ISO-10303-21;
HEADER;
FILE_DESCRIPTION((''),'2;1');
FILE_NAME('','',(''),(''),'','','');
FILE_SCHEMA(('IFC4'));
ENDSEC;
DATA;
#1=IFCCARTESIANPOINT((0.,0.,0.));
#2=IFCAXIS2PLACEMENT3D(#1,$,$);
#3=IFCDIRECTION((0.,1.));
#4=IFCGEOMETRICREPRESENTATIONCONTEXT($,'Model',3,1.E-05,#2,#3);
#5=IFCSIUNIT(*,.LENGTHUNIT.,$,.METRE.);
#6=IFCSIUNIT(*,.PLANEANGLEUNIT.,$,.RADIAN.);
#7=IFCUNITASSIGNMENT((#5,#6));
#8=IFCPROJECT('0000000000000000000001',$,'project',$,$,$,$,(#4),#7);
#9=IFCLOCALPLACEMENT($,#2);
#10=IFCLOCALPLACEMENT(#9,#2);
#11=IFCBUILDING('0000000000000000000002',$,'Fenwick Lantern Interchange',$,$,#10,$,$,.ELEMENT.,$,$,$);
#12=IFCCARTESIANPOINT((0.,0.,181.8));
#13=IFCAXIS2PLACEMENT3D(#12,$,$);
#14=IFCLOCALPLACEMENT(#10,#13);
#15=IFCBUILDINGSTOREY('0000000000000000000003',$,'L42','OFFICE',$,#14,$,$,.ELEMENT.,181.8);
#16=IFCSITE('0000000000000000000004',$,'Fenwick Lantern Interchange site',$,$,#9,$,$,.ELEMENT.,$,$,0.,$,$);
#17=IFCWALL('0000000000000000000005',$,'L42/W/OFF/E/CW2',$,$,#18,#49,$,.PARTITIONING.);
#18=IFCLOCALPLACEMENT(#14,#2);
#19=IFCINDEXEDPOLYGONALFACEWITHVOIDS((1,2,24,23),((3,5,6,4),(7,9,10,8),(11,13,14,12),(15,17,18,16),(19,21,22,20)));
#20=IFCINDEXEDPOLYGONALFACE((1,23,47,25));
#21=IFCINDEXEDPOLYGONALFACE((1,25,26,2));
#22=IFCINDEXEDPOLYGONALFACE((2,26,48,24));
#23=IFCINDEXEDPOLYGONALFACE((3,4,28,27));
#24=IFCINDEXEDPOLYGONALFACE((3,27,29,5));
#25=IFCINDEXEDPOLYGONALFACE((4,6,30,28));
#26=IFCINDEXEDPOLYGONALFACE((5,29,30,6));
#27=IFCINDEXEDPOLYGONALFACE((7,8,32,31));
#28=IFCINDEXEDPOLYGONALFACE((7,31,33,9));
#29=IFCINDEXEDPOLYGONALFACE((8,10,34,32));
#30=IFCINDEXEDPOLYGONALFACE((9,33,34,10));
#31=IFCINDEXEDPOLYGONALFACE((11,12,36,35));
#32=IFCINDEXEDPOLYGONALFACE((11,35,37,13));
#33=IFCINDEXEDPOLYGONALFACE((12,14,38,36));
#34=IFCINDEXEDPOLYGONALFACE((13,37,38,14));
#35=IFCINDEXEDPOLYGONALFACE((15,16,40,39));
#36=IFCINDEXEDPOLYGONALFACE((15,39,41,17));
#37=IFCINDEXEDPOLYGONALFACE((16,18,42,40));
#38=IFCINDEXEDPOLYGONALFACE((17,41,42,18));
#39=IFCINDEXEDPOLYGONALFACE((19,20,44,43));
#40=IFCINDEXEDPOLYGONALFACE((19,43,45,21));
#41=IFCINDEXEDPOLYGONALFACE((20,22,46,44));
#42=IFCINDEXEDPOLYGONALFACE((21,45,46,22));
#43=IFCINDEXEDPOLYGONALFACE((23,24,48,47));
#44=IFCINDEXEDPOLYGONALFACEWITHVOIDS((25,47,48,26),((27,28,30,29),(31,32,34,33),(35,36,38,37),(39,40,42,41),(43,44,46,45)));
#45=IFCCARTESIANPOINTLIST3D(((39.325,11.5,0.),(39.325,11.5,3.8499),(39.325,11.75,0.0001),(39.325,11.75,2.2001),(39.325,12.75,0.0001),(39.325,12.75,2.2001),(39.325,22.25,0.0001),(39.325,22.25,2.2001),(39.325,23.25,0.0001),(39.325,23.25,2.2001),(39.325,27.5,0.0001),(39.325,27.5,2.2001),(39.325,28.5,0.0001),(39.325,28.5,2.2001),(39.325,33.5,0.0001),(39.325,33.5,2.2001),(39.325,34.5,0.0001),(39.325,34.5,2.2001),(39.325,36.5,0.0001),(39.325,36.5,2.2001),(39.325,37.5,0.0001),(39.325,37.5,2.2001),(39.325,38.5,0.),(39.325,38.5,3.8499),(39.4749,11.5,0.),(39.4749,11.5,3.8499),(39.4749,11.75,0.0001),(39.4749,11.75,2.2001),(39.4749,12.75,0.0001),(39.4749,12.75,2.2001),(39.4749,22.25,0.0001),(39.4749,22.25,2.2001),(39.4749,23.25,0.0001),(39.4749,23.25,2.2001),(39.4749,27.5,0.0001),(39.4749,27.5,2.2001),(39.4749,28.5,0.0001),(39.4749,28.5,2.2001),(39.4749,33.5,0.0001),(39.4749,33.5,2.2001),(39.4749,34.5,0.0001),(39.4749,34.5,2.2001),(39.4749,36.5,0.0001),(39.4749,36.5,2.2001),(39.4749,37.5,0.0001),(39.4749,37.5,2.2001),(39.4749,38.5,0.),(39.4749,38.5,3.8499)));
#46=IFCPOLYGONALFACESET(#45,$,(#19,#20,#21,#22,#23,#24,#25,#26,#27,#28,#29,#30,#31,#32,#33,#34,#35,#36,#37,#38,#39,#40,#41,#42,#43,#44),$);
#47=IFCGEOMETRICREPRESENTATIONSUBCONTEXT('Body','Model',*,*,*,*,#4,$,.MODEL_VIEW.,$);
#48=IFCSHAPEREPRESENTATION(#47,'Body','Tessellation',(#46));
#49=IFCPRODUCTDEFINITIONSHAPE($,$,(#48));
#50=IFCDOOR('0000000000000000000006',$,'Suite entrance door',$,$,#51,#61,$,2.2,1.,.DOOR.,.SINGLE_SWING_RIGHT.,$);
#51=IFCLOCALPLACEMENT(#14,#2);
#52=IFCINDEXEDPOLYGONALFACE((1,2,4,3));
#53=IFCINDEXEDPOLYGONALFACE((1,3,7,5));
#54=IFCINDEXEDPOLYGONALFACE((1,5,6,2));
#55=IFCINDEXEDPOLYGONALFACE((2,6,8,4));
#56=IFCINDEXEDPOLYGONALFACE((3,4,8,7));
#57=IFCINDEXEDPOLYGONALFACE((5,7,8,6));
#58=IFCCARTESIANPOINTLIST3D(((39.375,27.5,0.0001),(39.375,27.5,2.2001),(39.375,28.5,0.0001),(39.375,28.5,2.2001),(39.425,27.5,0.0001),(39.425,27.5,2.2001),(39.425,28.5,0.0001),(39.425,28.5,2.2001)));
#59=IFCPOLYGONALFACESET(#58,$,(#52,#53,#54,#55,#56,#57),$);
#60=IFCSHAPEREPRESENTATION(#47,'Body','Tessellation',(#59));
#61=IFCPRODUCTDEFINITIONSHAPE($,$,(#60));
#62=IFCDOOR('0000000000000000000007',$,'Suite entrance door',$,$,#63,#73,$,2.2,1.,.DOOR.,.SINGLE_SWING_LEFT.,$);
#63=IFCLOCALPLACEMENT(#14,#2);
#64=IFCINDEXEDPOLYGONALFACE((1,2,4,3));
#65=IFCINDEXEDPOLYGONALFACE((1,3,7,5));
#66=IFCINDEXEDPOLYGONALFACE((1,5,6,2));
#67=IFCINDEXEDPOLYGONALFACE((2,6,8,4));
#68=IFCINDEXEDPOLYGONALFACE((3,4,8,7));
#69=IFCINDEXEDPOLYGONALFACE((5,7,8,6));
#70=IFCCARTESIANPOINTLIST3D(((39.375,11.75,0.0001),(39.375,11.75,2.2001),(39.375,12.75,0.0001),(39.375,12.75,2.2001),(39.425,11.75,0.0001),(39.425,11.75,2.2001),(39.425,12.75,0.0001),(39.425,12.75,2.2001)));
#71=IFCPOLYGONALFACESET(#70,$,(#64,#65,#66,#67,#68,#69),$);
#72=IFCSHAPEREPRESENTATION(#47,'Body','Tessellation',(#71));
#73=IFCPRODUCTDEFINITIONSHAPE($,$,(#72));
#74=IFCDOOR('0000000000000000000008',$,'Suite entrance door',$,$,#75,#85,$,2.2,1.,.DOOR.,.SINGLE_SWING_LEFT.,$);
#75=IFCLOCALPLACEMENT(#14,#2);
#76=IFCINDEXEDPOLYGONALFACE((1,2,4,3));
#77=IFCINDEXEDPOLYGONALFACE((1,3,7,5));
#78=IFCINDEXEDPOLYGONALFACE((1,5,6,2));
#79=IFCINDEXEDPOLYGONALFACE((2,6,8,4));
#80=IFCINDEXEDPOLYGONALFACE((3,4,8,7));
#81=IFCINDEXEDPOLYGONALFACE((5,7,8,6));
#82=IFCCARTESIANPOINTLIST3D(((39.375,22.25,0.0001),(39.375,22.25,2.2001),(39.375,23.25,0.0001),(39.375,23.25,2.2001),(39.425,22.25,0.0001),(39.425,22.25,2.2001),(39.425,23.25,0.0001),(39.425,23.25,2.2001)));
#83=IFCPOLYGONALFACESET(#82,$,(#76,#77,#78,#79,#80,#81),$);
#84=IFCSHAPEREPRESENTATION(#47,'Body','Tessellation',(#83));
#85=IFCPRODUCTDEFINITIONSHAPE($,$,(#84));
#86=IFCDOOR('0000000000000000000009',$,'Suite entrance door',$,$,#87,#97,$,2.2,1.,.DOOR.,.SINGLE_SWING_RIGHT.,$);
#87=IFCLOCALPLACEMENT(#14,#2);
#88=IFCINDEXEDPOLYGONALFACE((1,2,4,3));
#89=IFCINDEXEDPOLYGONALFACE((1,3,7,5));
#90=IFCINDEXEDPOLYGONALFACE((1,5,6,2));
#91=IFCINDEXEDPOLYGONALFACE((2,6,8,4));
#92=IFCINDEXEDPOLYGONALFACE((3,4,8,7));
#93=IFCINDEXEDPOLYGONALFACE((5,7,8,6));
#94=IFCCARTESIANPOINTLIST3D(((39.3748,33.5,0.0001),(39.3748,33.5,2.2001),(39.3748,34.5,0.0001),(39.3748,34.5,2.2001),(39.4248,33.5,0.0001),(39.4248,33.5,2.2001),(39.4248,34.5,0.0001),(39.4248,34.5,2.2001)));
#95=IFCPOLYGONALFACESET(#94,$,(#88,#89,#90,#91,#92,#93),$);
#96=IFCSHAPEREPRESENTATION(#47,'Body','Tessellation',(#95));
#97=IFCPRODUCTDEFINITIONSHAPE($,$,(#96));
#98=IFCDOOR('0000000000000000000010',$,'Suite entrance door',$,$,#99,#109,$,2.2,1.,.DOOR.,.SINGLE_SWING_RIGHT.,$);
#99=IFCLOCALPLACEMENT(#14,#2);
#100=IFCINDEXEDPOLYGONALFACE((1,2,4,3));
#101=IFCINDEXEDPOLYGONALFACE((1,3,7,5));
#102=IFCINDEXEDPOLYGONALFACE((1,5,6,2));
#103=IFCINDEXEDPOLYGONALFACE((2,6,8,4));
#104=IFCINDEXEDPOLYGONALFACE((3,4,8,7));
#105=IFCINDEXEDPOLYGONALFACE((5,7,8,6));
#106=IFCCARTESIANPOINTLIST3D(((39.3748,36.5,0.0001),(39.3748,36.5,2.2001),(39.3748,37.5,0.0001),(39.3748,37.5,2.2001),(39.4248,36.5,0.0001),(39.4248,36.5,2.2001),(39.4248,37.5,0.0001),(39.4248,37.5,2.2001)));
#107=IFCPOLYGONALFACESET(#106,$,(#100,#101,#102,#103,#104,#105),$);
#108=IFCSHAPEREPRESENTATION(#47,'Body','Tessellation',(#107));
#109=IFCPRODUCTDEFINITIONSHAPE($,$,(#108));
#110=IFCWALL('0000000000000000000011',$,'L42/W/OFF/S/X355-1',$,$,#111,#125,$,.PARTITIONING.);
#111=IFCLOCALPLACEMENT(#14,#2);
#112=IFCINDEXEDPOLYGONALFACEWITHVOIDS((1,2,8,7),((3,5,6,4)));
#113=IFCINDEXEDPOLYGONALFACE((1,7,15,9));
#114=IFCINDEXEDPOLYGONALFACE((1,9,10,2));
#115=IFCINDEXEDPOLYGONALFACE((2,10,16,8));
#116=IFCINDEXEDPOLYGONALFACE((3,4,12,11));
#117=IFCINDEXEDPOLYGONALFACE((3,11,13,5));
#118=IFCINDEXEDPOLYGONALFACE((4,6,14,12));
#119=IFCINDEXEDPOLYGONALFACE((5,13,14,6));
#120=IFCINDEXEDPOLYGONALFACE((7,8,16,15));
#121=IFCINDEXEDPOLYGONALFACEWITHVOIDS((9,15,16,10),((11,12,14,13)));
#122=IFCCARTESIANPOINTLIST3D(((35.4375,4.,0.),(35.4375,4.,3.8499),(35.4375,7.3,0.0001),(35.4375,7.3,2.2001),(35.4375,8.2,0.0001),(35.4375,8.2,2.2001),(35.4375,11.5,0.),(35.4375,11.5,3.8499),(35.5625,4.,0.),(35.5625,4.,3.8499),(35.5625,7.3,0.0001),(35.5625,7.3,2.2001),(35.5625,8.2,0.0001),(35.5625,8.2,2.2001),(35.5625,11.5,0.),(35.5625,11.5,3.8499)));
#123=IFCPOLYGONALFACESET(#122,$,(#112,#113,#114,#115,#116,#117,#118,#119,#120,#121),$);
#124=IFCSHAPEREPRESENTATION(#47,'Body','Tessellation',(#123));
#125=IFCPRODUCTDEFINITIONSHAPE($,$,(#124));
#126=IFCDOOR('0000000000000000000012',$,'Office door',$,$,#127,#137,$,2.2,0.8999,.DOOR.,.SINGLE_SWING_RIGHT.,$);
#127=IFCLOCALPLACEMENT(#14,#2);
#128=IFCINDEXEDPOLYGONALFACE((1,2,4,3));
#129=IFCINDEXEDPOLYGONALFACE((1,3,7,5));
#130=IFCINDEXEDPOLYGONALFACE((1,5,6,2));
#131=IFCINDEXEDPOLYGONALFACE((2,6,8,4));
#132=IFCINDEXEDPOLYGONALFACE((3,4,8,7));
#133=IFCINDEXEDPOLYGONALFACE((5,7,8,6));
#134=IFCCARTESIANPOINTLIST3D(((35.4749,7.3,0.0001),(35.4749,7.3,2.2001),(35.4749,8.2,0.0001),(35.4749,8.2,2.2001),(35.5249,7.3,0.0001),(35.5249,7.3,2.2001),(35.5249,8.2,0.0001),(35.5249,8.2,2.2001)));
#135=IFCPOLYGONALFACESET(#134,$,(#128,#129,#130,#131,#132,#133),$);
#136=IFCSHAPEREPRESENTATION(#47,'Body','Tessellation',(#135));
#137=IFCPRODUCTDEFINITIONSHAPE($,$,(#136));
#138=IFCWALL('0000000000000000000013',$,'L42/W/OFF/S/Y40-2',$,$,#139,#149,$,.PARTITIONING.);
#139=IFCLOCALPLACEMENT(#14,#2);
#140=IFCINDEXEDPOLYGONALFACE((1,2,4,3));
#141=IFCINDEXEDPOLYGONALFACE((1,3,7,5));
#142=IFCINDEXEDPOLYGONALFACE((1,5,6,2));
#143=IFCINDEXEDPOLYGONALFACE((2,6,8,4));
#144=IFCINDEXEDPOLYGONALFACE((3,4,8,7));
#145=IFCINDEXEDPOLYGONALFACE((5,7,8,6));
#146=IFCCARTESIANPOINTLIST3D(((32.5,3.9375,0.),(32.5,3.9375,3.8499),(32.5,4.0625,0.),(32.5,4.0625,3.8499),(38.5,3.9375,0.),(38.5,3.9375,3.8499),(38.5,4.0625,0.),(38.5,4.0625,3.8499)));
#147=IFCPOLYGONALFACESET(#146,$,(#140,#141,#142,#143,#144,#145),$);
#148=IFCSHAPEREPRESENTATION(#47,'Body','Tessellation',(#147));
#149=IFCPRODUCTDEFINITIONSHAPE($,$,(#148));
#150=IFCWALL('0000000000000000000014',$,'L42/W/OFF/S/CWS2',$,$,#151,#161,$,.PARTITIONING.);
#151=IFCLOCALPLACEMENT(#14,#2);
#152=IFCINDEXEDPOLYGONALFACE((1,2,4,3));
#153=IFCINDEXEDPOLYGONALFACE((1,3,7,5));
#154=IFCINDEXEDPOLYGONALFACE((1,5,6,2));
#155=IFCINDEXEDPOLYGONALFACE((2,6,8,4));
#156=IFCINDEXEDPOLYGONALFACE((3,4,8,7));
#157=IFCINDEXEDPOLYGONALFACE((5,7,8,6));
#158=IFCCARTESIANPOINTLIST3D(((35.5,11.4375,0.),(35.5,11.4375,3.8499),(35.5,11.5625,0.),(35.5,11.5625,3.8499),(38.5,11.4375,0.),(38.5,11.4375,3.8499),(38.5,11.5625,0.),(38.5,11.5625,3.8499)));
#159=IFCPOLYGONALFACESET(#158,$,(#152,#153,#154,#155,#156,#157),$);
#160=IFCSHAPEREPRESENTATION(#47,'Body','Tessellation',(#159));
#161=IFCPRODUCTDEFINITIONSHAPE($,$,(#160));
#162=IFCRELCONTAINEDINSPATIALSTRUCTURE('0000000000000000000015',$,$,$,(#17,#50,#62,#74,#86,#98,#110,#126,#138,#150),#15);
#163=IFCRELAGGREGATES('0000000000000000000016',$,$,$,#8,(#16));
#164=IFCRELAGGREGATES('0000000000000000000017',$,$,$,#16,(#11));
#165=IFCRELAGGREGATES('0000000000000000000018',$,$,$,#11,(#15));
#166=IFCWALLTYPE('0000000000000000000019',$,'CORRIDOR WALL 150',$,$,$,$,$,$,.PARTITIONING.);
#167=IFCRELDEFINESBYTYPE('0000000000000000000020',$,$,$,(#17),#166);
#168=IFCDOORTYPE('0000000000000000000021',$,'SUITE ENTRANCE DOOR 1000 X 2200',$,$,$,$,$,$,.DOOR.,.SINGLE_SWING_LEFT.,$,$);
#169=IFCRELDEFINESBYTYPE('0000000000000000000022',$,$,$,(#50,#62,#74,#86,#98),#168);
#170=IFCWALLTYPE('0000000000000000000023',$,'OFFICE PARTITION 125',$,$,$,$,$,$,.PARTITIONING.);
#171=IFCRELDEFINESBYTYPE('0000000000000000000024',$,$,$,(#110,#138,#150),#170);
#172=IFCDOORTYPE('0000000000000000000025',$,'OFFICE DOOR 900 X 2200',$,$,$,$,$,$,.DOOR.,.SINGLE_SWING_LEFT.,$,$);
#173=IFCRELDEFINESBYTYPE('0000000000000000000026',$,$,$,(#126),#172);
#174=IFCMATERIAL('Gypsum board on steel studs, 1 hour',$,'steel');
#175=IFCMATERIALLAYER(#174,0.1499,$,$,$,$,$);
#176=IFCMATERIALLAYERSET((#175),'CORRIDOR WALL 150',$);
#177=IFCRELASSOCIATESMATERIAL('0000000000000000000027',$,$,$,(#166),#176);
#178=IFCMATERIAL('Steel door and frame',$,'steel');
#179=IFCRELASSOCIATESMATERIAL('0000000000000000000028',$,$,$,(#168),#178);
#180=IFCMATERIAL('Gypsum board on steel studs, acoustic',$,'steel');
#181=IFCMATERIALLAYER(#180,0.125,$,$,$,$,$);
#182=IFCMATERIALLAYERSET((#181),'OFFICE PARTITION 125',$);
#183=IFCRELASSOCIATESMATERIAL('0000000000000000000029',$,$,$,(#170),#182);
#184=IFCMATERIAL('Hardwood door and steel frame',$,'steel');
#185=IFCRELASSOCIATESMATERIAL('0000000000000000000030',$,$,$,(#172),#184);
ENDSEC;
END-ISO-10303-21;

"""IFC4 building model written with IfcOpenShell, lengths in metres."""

from ifc_helpers import new_model, si_unit, direction, frame, frame_2d, origin, place, context, subcontext, project, spatial, rectangle, extrude, material, layer, layer_set, type_object, element, fill, save


model = new_model("IFC4")

# Units and contexts
model_context = context("Model", 3, precision=1e-05, world=origin(), true_north=direction((0.0, 1.0)))
body_context = subcontext(model_context, "Body", "Model", "MODEL_VIEW")
ifc_project = project(units=[si_unit("LENGTHUNIT", "METRE"), si_unit("PLANEANGLEUNIT", "RADIAN")], contexts=[model_context])

# Site, building, storey
site_placement = place(None, origin())
site = spatial("IfcSite", under=ifc_project, at=site_placement, Name="Fenwick Lantern Interchange site", CompositionType="ELEMENT", RefElevation=0.0)
building_placement = place(site_placement, origin())
building = spatial("IfcBuilding", under=site, at=building_placement, Name="Fenwick Lantern Interchange", CompositionType="ELEMENT")
storey_placement = place(building_placement, frame((0.0, 0.0, 181.8)))
storey = spatial("IfcBuildingStorey", under=building, at=storey_placement, Name="L42", Description="OFFICE", CompositionType="ELEMENT", Elevation=181.8)

# Shared definitions
ifc_material_1 = material(Name="Steel door and frame", Category="steel")
ifc_material_2 = material(Name="Hardwood door and steel frame", Category="steel")

# Shared definitions
ifc_material_3 = material(Name="Gypsum board on steel studs, 1 hour", Category="steel")
ifc_layer_1 = layer(ifc_material_3, 0.1499)
ifc_layer_set_1 = layer_set([ifc_layer_1], Name="CORRIDOR WALL 150")
wall_type_1 = type_object("IfcWallType", Name="CORRIDOR WALL 150", PredefinedType="PARTITIONING", material=ifc_layer_set_1)

# Wall, openings, doors
wall_1_placement = place(storey_placement, frame((39.3999, 11.5, 0.0), z_axis=(0.0, 0.0, 1.0), x_axis=(0.0, 1.0, 0.0)))
wall_1 = element("IfcWall", 1, at=wall_1_placement, inside=storey, type_object=wall_type_1, Name="L42/W/OFF/E/CW2", PredefinedType="PARTITIONING", context=body_context, shape_type="SweptSolid", body=[
    extrude(rectangle(XDim=27.0, YDim=0.1499, at=frame_2d((13.5, 0.0))), origin(), (0.0, 0.0, 1.0), 3.8499),
])
opening_1_placement = place(wall_1_placement, frame((16.0, 0.0, 0.0)))
opening_1 = element("IfcOpeningElement", 2, at=opening_1_placement, cuts=wall_1, PredefinedType="OPENING", context=body_context, shape_type="SweptSolid", body=[
    extrude(rectangle(XDim=1.0, YDim=2.2, at=frame_2d((0.5, 1.1001))), frame((0.0, 0.085, 0.0), z_axis=(0.0, -1.0, 0.0), x_axis=(1.0, 0.0, 0.0)), (0.0, 0.0, 1.0), 0.1699),
])
opening_2_placement = place(wall_1_placement, frame((0.25, 0.0, 0.0)))
opening_2 = element("IfcOpeningElement", 3, at=opening_2_placement, cuts=wall_1, PredefinedType="OPENING", context=body_context, shape_type="SweptSolid", body=[
    extrude(rectangle(XDim=1.0, YDim=2.2, at=frame_2d((0.5, 1.1001))), frame((0.0, 0.085, 0.0), z_axis=(0.0, -1.0, 0.0), x_axis=(1.0, 0.0, 0.0)), (0.0, 0.0, 1.0), 0.1699),
])
opening_3_placement = place(wall_1_placement, frame((10.75, 0.0, 0.0)))
opening_3 = element("IfcOpeningElement", 4, at=opening_3_placement, cuts=wall_1, PredefinedType="OPENING", context=body_context, shape_type="SweptSolid", body=[
    extrude(rectangle(XDim=1.0, YDim=2.2, at=frame_2d((0.5, 1.1001))), frame((0.0, 0.085, 0.0), z_axis=(0.0, -1.0, 0.0), x_axis=(1.0, 0.0, 0.0)), (0.0, 0.0, 1.0), 0.1699),
])
opening_4_placement = place(wall_1_placement, frame((22.0, 0.0, 0.0)))
opening_4 = element("IfcOpeningElement", 5, at=opening_4_placement, cuts=wall_1, PredefinedType="OPENING", context=body_context, shape_type="SweptSolid", body=[
    extrude(rectangle(XDim=1.0, YDim=2.2, at=frame_2d((0.5, 1.1001))), frame((0.0, 0.085, 0.0), z_axis=(0.0, -1.0, 0.0), x_axis=(1.0, 0.0, 0.0)), (0.0, 0.0, 1.0), 0.1699),
])
opening_5_placement = place(wall_1_placement, frame((25.0, 0.0, 0.0)))
opening_5 = element("IfcOpeningElement", 6, at=opening_5_placement, cuts=wall_1, PredefinedType="OPENING", context=body_context, shape_type="SweptSolid", body=[
    extrude(rectangle(XDim=1.0, YDim=2.2, at=frame_2d((0.5, 1.1001))), frame((0.0, 0.085, 0.0), z_axis=(0.0, -1.0, 0.0), x_axis=(1.0, 0.0, 0.0)), (0.0, 0.0, 1.0), 0.1699),
])
door_type_1 = type_object("IfcDoorType", Name="SUITE ENTRANCE DOOR 1000 X 2200", OperationType="SINGLE_SWING_LEFT", PredefinedType="DOOR", material=ifc_material_1)
door_1_placement = place(opening_1_placement, origin())
door_1 = element("IfcDoor", 7, at=door_1_placement, inside=storey, type_object=door_type_1, Name="Suite entrance door", OperationType="SINGLE_SWING_RIGHT", OverallHeight=2.2, OverallWidth=1.0, PredefinedType="DOOR", context=body_context, shape_type="SweptSolid", body=[
    extrude(rectangle(XDim=1.0, YDim=2.2, at=frame_2d((0.5, 1.1001))), frame((0.0, 0.0249, 0.0), z_axis=(0.0, -1.0, 0.0), x_axis=(1.0, 0.0, 0.0)), (0.0, 0.0, 1.0), 0.05),
])
fill(opening_1, door_1)
door_2_placement = place(opening_2_placement, origin())
door_2 = element("IfcDoor", 8, at=door_2_placement, inside=storey, type_object=door_type_1, Name="Suite entrance door", OperationType="SINGLE_SWING_LEFT", OverallHeight=2.2, OverallWidth=1.0, PredefinedType="DOOR", context=body_context, shape_type="SweptSolid", body=[
    extrude(rectangle(XDim=1.0, YDim=2.2, at=frame_2d((0.5, 1.1001))), frame((0.0, 0.0249, 0.0), z_axis=(0.0, -1.0, 0.0), x_axis=(1.0, 0.0, 0.0)), (0.0, 0.0, 1.0), 0.05),
])
fill(opening_2, door_2)
door_3_placement = place(opening_3_placement, origin())
door_3 = element("IfcDoor", 9, at=door_3_placement, inside=storey, type_object=door_type_1, Name="Suite entrance door", OperationType="SINGLE_SWING_LEFT", OverallHeight=2.2, OverallWidth=1.0, PredefinedType="DOOR", context=body_context, shape_type="SweptSolid", body=[
    extrude(rectangle(XDim=1.0, YDim=2.2, at=frame_2d((0.5, 1.1001))), frame((0.0, 0.0249, 0.0), z_axis=(0.0, -1.0, 0.0), x_axis=(1.0, 0.0, 0.0)), (0.0, 0.0, 1.0), 0.05),
])
fill(opening_3, door_3)
door_4_placement = place(opening_4_placement, frame((1.0, 0.0, 0.0), z_axis=(0.0, 0.0, 1.0), x_axis=(-1.0, 0.0, 0.0)))
door_4 = element("IfcDoor", 10, at=door_4_placement, inside=storey, type_object=door_type_1, Name="Suite entrance door", OperationType="SINGLE_SWING_RIGHT", OverallHeight=2.2, OverallWidth=1.0, PredefinedType="DOOR", context=body_context, shape_type="SweptSolid", body=[
    extrude(rectangle(XDim=1.0, YDim=2.2, at=frame_2d((0.5, 1.1001))), frame((0.0, 0.0249, 0.0), z_axis=(0.0, -1.0, 0.0), x_axis=(1.0, 0.0, 0.0)), (0.0, 0.0, 1.0), 0.05),
])
fill(opening_4, door_4)
door_5_placement = place(opening_5_placement, frame((1.0, 0.0, 0.0), z_axis=(0.0, 0.0, 1.0), x_axis=(-1.0, 0.0, 0.0)))
door_5 = element("IfcDoor", 11, at=door_5_placement, inside=storey, type_object=door_type_1, Name="Suite entrance door", OperationType="SINGLE_SWING_RIGHT", OverallHeight=2.2, OverallWidth=1.0, PredefinedType="DOOR", context=body_context, shape_type="SweptSolid", body=[
    extrude(rectangle(XDim=1.0, YDim=2.2, at=frame_2d((0.5, 1.1001))), frame((0.0, 0.0249, 0.0), z_axis=(0.0, -1.0, 0.0), x_axis=(1.0, 0.0, 0.0)), (0.0, 0.0, 1.0), 0.05),
])
fill(opening_5, door_5)

# Wall, opening, door
ifc_material_4 = material(Name="Gypsum board on steel studs, acoustic", Category="steel")
ifc_layer_2 = layer(ifc_material_4, 0.125)
ifc_layer_set_2 = layer_set([ifc_layer_2], Name="OFFICE PARTITION 125")
wall_type_2 = type_object("IfcWallType", Name="OFFICE PARTITION 125", PredefinedType="PARTITIONING", material=ifc_layer_set_2)
wall_2_placement = place(storey_placement, frame((35.5, 4.0, 0.0), z_axis=(0.0, 0.0, 1.0), x_axis=(0.0, 1.0, 0.0)))
wall_2 = element("IfcWall", 12, at=wall_2_placement, inside=storey, type_object=wall_type_2, Name="L42/W/OFF/S/X355-1", PredefinedType="PARTITIONING", context=body_context, shape_type="SweptSolid", body=[
    extrude(rectangle(XDim=7.5, YDim=0.125, at=frame_2d((3.75, 0.0))), origin(), (0.0, 0.0, 1.0), 3.8499),
])
opening_6_placement = place(wall_2_placement, frame((3.3, 0.0, 0.0)))
opening_6 = element("IfcOpeningElement", 13, at=opening_6_placement, cuts=wall_2, PredefinedType="OPENING", context=body_context, shape_type="SweptSolid", body=[
    extrude(rectangle(XDim=0.8999, YDim=2.2, at=frame_2d((0.45, 1.1001))), frame((0.0, 0.0725, 0.0), z_axis=(0.0, -1.0, 0.0), x_axis=(1.0, 0.0, 0.0)), (0.0, 0.0, 1.0), 0.145),
])
door_type_2 = type_object("IfcDoorType", Name="OFFICE DOOR 900 X 2200", OperationType="SINGLE_SWING_LEFT", PredefinedType="DOOR", material=ifc_material_2)
door_6_placement = place(opening_6_placement, frame((0.8999, 0.0, 0.0), z_axis=(0.0, 0.0, 1.0), x_axis=(-1.0, 0.0, 0.0)))
door_6 = element("IfcDoor", 14, at=door_6_placement, inside=storey, type_object=door_type_2, Name="Office door", OperationType="SINGLE_SWING_RIGHT", OverallHeight=2.2, OverallWidth=0.8999, PredefinedType="DOOR", context=body_context, shape_type="SweptSolid", body=[
    extrude(rectangle(XDim=0.8999, YDim=2.2, at=frame_2d((0.45, 1.1001))), frame((0.0, 0.0249, 0.0), z_axis=(0.0, -1.0, 0.0), x_axis=(1.0, 0.0, 0.0)), (0.0, 0.0, 1.0), 0.05),
])
fill(opening_6, door_6)

# Walls
wall_3_placement = place(storey_placement, frame((32.5, 4.0, 0.0), z_axis=(0.0, 0.0, 1.0), x_axis=(1.0, 0.0, 0.0)))
element("IfcWall", 15, at=wall_3_placement, inside=storey, type_object=wall_type_2, Name="L42/W/OFF/S/Y40-2", PredefinedType="PARTITIONING", context=body_context, shape_type="SweptSolid", body=[
    extrude(rectangle(XDim=6.0, YDim=0.125, at=frame_2d((3.0, 0.0))), origin(), (0.0, 0.0, 1.0), 3.8499),
])
wall_4_placement = place(storey_placement, frame((35.5, 11.5, 0.0), z_axis=(0.0, 0.0, 1.0), x_axis=(1.0, 0.0, 0.0)))
element("IfcWall", 16, at=wall_4_placement, inside=storey, type_object=wall_type_2, Name="L42/W/OFF/S/CWS2", PredefinedType="PARTITIONING", context=body_context, shape_type="SweptSolid", body=[
    extrude(rectangle(XDim=3.0, YDim=0.125, at=frame_2d((1.5, 0.0))), origin(), (0.0, 0.0, 1.0), 3.8499),
])

save(model, "model.ifc")
